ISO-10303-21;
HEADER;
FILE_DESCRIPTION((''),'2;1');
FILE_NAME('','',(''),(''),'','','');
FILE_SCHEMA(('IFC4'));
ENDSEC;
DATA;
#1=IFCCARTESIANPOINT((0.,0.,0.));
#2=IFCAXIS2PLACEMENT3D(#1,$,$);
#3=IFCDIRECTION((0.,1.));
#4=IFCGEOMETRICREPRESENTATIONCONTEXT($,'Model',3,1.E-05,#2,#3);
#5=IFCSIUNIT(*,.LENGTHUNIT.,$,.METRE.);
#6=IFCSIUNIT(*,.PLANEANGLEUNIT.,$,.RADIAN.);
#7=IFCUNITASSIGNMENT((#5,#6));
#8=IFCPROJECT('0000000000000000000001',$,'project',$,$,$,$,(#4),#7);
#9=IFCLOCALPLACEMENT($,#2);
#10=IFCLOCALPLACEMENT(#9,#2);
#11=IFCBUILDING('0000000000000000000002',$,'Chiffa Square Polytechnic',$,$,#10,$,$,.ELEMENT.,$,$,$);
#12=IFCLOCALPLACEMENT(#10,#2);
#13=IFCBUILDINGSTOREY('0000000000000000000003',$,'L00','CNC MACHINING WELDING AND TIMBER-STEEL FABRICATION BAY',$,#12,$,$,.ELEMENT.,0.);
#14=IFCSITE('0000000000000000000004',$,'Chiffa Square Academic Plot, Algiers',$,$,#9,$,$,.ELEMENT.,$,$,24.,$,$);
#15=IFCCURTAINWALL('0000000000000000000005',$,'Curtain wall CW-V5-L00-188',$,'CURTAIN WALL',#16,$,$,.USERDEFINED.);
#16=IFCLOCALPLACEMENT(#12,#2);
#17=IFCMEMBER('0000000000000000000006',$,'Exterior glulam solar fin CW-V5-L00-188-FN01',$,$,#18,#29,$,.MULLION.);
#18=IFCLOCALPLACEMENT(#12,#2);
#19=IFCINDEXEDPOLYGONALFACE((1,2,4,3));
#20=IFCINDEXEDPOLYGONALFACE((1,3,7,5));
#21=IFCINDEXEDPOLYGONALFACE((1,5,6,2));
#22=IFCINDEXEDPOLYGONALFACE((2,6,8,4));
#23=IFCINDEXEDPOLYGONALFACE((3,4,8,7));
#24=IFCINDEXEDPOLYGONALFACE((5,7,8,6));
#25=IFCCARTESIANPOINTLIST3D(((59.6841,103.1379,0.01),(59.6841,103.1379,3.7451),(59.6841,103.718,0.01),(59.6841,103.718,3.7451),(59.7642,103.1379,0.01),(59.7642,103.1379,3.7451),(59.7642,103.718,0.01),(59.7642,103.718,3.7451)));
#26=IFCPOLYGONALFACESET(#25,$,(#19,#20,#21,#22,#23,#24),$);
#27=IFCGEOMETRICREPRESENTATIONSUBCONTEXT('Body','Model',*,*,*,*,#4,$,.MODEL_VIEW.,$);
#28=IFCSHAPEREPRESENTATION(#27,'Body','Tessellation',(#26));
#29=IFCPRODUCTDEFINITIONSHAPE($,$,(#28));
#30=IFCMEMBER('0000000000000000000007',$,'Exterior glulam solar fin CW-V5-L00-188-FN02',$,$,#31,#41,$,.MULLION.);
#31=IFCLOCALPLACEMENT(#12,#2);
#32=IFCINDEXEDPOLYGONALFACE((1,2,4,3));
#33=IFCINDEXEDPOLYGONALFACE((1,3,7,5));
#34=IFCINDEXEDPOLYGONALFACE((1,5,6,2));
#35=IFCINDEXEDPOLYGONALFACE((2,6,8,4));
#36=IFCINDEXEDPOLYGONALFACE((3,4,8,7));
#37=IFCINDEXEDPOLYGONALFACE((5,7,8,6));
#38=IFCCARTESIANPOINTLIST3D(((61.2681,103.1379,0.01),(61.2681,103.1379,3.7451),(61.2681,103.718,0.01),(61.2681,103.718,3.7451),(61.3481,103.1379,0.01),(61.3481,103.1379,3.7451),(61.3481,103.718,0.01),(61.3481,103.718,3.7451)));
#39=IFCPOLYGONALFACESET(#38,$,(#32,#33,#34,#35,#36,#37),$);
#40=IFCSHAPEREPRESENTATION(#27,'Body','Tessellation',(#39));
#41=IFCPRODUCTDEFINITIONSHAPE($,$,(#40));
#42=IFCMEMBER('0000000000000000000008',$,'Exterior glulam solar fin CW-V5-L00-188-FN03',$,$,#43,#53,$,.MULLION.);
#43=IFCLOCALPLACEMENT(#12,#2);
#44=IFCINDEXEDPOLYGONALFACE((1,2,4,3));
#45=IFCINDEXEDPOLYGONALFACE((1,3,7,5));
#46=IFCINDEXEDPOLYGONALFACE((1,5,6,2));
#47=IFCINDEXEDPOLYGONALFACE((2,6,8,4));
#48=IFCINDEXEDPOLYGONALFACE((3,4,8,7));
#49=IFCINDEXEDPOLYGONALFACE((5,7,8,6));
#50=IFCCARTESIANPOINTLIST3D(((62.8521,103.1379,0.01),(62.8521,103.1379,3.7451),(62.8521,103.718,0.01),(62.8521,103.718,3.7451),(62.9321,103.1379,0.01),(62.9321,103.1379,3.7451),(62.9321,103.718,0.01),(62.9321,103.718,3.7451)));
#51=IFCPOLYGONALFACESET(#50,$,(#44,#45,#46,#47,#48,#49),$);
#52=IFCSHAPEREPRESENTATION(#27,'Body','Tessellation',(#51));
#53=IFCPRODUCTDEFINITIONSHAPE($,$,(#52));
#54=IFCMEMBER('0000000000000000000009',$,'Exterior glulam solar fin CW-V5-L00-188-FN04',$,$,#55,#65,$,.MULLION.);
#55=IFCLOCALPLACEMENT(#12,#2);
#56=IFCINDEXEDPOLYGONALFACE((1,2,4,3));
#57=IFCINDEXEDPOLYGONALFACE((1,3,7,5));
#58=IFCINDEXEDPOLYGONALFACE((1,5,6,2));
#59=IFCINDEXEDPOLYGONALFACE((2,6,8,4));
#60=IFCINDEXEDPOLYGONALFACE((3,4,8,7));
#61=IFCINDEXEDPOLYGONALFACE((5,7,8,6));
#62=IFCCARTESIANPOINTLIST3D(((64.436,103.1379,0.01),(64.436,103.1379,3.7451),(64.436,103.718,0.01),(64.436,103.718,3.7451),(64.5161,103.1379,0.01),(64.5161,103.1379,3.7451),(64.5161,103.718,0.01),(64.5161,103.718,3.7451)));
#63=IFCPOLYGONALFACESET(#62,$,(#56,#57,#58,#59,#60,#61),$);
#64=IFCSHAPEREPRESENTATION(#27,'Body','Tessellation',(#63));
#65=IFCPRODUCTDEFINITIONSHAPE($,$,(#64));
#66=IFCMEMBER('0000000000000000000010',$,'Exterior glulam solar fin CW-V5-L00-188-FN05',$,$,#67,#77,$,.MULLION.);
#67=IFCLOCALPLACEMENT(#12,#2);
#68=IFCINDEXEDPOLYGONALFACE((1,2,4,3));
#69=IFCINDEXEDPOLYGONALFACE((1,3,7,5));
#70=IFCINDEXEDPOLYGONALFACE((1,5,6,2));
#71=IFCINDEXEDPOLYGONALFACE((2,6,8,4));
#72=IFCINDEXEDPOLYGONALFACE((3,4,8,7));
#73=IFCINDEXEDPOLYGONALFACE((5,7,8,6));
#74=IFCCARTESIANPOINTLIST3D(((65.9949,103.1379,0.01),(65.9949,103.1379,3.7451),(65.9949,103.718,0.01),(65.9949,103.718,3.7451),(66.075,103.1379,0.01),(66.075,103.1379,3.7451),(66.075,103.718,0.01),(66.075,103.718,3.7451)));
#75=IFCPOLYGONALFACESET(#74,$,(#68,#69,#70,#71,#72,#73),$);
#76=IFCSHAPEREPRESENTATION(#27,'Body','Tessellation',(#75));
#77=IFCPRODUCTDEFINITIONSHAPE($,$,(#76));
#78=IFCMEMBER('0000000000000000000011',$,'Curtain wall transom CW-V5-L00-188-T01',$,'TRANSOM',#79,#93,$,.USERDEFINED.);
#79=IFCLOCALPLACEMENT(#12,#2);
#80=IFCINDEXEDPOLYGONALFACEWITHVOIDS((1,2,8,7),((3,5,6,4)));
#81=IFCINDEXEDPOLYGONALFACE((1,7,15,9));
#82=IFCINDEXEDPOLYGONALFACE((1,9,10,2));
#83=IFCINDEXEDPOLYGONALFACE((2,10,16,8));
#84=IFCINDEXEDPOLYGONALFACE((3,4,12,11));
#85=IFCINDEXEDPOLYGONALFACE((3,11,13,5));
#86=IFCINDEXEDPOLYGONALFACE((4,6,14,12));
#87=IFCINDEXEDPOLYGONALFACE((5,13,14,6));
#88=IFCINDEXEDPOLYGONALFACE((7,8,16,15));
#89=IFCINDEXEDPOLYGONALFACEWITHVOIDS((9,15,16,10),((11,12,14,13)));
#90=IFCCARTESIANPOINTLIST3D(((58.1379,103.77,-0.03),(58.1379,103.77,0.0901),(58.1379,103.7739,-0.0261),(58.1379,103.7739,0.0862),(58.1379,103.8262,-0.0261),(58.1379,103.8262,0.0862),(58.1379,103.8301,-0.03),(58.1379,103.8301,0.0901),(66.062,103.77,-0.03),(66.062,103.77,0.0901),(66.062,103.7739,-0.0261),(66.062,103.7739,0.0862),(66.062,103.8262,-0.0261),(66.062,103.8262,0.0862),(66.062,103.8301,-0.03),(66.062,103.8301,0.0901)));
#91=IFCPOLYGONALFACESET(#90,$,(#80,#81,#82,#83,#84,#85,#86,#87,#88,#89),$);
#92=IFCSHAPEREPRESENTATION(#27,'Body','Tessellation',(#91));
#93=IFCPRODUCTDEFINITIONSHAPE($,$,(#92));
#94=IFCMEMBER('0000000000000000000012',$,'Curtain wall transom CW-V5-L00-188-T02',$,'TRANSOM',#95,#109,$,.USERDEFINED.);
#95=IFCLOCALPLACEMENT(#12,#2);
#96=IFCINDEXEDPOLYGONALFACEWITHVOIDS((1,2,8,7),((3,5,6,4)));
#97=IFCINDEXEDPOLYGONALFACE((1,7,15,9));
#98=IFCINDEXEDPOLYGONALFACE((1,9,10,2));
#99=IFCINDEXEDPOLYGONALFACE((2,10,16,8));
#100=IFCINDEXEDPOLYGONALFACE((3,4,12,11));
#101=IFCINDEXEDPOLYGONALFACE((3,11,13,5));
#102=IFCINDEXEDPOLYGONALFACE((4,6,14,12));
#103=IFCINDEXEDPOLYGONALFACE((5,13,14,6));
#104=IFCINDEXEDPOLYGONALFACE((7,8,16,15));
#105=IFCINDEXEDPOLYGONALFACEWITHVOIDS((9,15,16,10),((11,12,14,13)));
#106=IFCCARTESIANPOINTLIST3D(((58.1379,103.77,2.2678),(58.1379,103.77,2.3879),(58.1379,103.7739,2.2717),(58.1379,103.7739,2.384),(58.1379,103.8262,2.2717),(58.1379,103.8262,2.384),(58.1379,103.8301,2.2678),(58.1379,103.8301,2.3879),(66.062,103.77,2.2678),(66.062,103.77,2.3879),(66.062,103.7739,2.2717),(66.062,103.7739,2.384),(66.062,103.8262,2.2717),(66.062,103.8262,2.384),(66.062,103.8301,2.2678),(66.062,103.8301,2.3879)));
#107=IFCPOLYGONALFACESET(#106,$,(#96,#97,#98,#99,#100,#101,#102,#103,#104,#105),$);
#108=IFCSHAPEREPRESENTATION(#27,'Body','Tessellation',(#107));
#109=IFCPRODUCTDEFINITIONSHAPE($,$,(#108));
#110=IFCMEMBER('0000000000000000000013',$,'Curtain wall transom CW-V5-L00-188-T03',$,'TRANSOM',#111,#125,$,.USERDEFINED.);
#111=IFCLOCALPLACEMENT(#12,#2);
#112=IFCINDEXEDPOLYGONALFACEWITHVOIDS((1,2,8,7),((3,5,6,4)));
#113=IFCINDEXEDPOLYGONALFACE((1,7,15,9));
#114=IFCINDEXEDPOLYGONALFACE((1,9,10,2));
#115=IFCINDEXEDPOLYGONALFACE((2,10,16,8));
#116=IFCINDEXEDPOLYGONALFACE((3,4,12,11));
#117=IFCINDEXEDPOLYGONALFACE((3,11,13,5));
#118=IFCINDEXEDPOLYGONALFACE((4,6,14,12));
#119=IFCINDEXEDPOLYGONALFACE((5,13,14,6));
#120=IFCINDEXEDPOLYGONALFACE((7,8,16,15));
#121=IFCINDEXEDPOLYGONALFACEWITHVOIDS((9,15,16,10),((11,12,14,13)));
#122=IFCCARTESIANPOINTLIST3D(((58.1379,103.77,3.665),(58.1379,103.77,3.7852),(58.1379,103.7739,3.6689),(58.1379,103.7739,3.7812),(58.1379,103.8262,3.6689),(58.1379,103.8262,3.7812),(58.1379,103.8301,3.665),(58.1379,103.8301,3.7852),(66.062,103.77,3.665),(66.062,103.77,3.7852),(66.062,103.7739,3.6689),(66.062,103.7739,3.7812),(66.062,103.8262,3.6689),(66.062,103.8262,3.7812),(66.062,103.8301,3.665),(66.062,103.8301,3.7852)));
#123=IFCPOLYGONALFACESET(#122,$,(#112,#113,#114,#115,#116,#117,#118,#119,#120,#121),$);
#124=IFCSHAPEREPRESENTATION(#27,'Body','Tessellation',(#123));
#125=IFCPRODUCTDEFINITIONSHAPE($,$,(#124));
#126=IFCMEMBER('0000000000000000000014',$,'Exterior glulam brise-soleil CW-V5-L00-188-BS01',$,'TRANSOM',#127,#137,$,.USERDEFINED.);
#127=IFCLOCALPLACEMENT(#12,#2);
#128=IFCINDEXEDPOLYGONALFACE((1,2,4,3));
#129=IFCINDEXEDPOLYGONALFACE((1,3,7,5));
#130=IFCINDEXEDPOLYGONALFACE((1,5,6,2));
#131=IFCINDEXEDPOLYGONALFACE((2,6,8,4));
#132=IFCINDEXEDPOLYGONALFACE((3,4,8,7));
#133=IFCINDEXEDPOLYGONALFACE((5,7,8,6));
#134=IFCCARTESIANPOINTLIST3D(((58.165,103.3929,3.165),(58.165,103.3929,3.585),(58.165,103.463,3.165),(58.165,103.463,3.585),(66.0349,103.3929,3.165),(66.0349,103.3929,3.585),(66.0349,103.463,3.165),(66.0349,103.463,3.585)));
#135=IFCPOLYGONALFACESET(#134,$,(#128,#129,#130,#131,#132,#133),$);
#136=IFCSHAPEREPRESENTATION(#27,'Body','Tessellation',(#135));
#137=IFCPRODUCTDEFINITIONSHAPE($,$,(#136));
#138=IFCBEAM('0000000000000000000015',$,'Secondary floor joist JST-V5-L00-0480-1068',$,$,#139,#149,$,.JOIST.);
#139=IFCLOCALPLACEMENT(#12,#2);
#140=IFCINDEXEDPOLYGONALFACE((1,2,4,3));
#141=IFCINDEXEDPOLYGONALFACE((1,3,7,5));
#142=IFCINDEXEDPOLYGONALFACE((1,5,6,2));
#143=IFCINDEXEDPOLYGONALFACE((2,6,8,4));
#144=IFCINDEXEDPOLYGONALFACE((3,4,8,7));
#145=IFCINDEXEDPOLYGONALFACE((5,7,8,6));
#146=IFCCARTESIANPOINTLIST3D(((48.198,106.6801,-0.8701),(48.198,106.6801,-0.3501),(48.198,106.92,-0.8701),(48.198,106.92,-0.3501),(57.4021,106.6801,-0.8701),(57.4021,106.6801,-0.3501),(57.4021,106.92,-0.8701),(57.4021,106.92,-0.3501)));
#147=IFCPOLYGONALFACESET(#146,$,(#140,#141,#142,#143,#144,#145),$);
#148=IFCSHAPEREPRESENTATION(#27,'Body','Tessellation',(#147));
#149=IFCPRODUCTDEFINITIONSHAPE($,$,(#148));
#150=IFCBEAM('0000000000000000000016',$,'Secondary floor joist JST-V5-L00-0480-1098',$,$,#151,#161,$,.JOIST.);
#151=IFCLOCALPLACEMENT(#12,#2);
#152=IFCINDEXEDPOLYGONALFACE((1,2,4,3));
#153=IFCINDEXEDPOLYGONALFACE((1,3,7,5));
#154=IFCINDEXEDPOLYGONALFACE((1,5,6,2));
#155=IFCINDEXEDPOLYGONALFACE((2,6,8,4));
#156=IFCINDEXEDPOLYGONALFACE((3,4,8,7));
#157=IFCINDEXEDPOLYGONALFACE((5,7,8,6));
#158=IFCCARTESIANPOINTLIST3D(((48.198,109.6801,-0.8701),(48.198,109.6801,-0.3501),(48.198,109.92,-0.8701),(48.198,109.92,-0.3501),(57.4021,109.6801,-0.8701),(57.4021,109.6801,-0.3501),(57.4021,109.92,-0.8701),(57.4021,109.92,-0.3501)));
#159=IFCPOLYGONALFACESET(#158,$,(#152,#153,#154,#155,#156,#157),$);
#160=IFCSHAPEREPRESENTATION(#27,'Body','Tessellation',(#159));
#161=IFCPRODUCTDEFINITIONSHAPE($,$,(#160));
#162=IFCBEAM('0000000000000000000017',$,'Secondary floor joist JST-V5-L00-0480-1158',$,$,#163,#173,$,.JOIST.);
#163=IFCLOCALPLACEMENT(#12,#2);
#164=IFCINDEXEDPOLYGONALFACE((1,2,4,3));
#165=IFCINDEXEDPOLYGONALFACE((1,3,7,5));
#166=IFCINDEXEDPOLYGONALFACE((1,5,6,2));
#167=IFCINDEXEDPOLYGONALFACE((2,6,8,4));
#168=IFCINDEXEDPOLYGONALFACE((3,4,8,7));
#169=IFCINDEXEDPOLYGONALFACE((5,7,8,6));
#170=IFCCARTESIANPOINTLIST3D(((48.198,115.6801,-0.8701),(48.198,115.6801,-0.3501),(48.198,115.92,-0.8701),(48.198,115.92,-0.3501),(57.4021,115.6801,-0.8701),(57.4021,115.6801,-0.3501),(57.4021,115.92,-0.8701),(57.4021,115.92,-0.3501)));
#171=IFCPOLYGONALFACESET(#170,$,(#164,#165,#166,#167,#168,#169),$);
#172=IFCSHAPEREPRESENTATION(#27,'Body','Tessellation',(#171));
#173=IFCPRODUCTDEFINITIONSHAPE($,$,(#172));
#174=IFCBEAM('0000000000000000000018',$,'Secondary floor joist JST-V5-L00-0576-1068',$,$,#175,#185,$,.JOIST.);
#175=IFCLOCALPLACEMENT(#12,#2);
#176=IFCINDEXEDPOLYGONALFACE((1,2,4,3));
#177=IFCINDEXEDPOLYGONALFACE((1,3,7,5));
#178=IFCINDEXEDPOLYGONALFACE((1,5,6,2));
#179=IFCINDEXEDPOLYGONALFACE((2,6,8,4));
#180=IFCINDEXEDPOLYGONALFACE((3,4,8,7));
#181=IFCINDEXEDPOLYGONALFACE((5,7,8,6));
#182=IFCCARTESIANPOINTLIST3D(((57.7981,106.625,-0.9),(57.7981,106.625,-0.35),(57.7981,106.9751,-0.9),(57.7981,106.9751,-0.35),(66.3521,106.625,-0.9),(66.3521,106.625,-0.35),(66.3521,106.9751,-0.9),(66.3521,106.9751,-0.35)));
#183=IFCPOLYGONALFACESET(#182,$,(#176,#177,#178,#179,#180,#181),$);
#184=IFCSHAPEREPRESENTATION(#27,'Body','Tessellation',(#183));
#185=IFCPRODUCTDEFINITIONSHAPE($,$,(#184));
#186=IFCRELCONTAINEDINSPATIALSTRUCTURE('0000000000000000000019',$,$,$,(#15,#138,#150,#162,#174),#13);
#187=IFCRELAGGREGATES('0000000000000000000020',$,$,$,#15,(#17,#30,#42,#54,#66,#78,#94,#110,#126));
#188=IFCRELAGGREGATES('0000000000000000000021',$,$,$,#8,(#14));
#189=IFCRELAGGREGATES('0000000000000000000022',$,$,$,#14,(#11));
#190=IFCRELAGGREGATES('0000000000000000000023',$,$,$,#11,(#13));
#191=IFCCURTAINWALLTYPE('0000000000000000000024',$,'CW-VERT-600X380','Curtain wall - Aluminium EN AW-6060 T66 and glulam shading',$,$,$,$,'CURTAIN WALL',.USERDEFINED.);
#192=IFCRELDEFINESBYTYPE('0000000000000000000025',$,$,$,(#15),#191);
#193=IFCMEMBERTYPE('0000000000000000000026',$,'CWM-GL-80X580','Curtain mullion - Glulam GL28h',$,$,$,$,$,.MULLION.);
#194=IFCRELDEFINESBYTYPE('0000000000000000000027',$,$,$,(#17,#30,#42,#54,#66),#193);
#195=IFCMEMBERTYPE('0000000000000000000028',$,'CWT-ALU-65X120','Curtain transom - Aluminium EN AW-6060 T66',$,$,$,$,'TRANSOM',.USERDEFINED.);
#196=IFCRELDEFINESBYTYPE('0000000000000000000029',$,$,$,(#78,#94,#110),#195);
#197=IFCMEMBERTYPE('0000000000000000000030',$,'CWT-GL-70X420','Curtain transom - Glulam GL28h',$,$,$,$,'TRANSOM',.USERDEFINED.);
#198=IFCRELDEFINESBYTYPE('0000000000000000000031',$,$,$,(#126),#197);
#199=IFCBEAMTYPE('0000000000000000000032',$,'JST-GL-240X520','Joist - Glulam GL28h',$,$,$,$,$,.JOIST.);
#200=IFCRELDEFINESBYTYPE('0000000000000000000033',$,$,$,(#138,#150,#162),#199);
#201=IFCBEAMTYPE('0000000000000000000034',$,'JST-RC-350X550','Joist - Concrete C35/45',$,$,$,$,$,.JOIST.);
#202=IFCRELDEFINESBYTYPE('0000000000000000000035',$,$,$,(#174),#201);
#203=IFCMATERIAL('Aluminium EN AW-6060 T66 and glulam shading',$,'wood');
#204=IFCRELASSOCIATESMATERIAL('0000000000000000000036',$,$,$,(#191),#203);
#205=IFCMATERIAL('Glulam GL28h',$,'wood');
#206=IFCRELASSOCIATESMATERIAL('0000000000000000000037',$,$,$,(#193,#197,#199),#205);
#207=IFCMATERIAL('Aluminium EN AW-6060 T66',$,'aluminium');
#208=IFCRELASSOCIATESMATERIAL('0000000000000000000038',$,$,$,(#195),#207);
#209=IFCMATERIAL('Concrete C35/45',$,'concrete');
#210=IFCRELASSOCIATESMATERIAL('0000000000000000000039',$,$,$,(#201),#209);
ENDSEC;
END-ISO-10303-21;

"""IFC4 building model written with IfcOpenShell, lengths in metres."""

from ifc_helpers import new_model, si_unit, direction, frame, origin, origin_2d, place, context, subcontext, project, spatial, rectangle, hollow_rectangle, extrude, material, material_profile, profile_set, type_object, element, aggregate, save


model = new_model("IFC4")

# Units and contexts
model_context = context("Model", 3, precision=1e-05, world=origin(), true_north=direction((0.0, 1.0)))
body_context = subcontext(model_context, "Body", "Model", "MODEL_VIEW")
ifc_project = project(units=[si_unit("LENGTHUNIT", "METRE"), si_unit("PLANEANGLEUNIT", "RADIAN")], contexts=[model_context])

# Site, building, storey
site_placement = place(None, origin())
site = spatial("IfcSite", under=ifc_project, at=site_placement, Name="Chiffa Square Academic Plot, Algiers", CompositionType="ELEMENT", RefElevation=24.0)
building_placement = place(site_placement, origin())
building = spatial("IfcBuilding", under=site, at=building_placement, Name="Chiffa Square Polytechnic", CompositionType="ELEMENT")
storey_placement = place(building_placement, origin())
storey = spatial("IfcBuildingStorey", under=building, at=storey_placement, Name="L00", Description="CNC MACHINING WELDING AND TIMBER-STEEL FABRICATION BAY", CompositionType="ELEMENT", Elevation=0.0)

# Shared definitions
ifc_material_1 = material(Name="Concrete C35/45", Category="concrete")

# Curtain wall, members
ifc_material_2 = material(Name="Aluminium EN AW-6060 T66 and glulam shading", Category="wood")
curtain_wall_type = type_object("IfcCurtainWallType", Name="CW-VERT-600X380", Description="Curtain wall - Aluminium EN AW-6060 T66 and glulam shading", ElementType="CURTAIN WALL", PredefinedType="USERDEFINED", material=ifc_material_2)
curtain_wall_placement = place(storey_placement, origin())
curtain_wall = element("IfcCurtainWall", 1, at=curtain_wall_placement, inside=storey, type_object=curtain_wall_type, Name="Curtain wall CW-V5-L00-188", ObjectType="CURTAIN WALL", PredefinedType="USERDEFINED")
ifc_material_3 = material(Name="Aluminium EN AW-6060 T66", Category="aluminium")
ifc_material_4 = material(Name="Glulam GL28h", Category="wood")
ifc_material_profile_1 = material_profile(ifc_material_4, rectangle(XDim=0.0801, YDim=0.5801, at=origin_2d()), Name="GL28h 80x580")
ifc_profile_set_1 = profile_set([ifc_material_profile_1], Name="Glulam GL28h")
member_type_1 = type_object("IfcMemberType", Name="CWM-GL-80X580", Description="Curtain mullion - Glulam GL28h", PredefinedType="MULLION", material=ifc_profile_set_1)
member_1_placement = place(storey_placement, frame((59.7241, 103.428, 0.01), z_axis=(0.0, 0.0, 1.0), x_axis=(1.0, 0.0, 0.0)))
member_1 = element("IfcMember", 2, at=member_1_placement, type_object=member_type_1, Name="Exterior glulam solar fin CW-V5-L00-188-FN01", PredefinedType="MULLION", context=body_context, shape_type="SweptSolid", body=[
    extrude(rectangle(XDim=0.0801, YDim=0.5801, at=origin_2d()), origin(), (0.0, 0.0, 1.0), 3.7351),
])
member_2_placement = place(storey_placement, frame((61.3081, 103.428, 0.01), z_axis=(0.0, 0.0, 1.0), x_axis=(1.0, 0.0, 0.0)))
member_2 = element("IfcMember", 3, at=member_2_placement, type_object=member_type_1, Name="Exterior glulam solar fin CW-V5-L00-188-FN02", PredefinedType="MULLION", context=body_context, shape_type="SweptSolid", body=[
    extrude(rectangle(XDim=0.0801, YDim=0.5801, at=origin_2d()), origin(), (0.0, 0.0, 1.0), 3.7351),
])
member_3_placement = place(storey_placement, frame((62.8921, 103.428, 0.01), z_axis=(0.0, 0.0, 1.0), x_axis=(1.0, 0.0, 0.0)))
member_3 = element("IfcMember", 4, at=member_3_placement, type_object=member_type_1, Name="Exterior glulam solar fin CW-V5-L00-188-FN03", PredefinedType="MULLION", context=body_context, shape_type="SweptSolid", body=[
    extrude(rectangle(XDim=0.0801, YDim=0.5801, at=origin_2d()), origin(), (0.0, 0.0, 1.0), 3.7351),
])
member_4_placement = place(storey_placement, frame((64.4761, 103.428, 0.01), z_axis=(0.0, 0.0, 1.0), x_axis=(1.0, 0.0, 0.0)))
member_4 = element("IfcMember", 5, at=member_4_placement, type_object=member_type_1, Name="Exterior glulam solar fin CW-V5-L00-188-FN04", PredefinedType="MULLION", context=body_context, shape_type="SweptSolid", body=[
    extrude(rectangle(XDim=0.0801, YDim=0.5801, at=origin_2d()), origin(), (0.0, 0.0, 1.0), 3.7351),
])
member_5_placement = place(storey_placement, frame((66.0349, 103.428, 0.01), z_axis=(0.0, 0.0, 1.0), x_axis=(1.0, 0.0, 0.0)))
member_5 = element("IfcMember", 6, at=member_5_placement, type_object=member_type_1, Name="Exterior glulam solar fin CW-V5-L00-188-FN05", PredefinedType="MULLION", context=body_context, shape_type="SweptSolid", body=[
    extrude(rectangle(XDim=0.0801, YDim=0.5801, at=origin_2d()), origin(), (0.0, 0.0, 1.0), 3.7351),
])
ifc_material_profile_2 = material_profile(ifc_material_3, hollow_rectangle(XDim=0.0601, YDim=0.1201, WallThickness=0.0039, at=origin_2d()), Name="ALU 60x120x4")
ifc_profile_set_2 = profile_set([ifc_material_profile_2], Name="Aluminium EN AW-6060 T66")
member_type_2 = type_object("IfcMemberType", Name="CWT-ALU-65X120", Description="Curtain transom - Aluminium EN AW-6060 T66", ElementType="TRANSOM", PredefinedType="USERDEFINED", material=ifc_profile_set_2)
member_6_placement = place(storey_placement, frame((58.1379, 103.8, 0.03), z_axis=(1.0, 0.0, 0.0), x_axis=(0.0, 1.0, 0.0)))
member_6 = element("IfcMember", 7, at=member_6_placement, type_object=member_type_2, Name="Curtain wall transom CW-V5-L00-188-T01", ObjectType="TRANSOM", PredefinedType="USERDEFINED", context=body_context, shape_type="SweptSolid", body=[
    extrude(hollow_rectangle(XDim=0.0601, YDim=0.1201, WallThickness=0.0039, at=origin_2d()), origin(), (0.0, 0.0, 1.0), 7.9241),
])
member_7_placement = place(storey_placement, frame((58.1379, 103.8, 2.3279), z_axis=(1.0, 0.0, 0.0), x_axis=(0.0, 1.0, 0.0)))
member_7 = element("IfcMember", 8, at=member_7_placement, type_object=member_type_2, Name="Curtain wall transom CW-V5-L00-188-T02", ObjectType="TRANSOM", PredefinedType="USERDEFINED", context=body_context, shape_type="SweptSolid", body=[
    extrude(hollow_rectangle(XDim=0.0601, YDim=0.1201, WallThickness=0.0039, at=origin_2d()), origin(), (0.0, 0.0, 1.0), 7.9241),
])
member_8_placement = place(storey_placement, frame((58.1379, 103.8, 3.7251), z_axis=(1.0, 0.0, 0.0), x_axis=(0.0, 1.0, 0.0)))
member_8 = element("IfcMember", 9, at=member_8_placement, type_object=member_type_2, Name="Curtain wall transom CW-V5-L00-188-T03", ObjectType="TRANSOM", PredefinedType="USERDEFINED", context=body_context, shape_type="SweptSolid", body=[
    extrude(hollow_rectangle(XDim=0.0601, YDim=0.1201, WallThickness=0.0039, at=origin_2d()), origin(), (0.0, 0.0, 1.0), 7.9241),
])
ifc_material_profile_3 = material_profile(ifc_material_4, rectangle(XDim=0.0701, YDim=0.4199, at=origin_2d()), Name="GL28h 70x420")
ifc_profile_set_3 = profile_set([ifc_material_profile_3], Name="Glulam GL28h")
member_type_3 = type_object("IfcMemberType", Name="CWT-GL-70X420", Description="Curtain transom - Glulam GL28h", ElementType="TRANSOM", PredefinedType="USERDEFINED", material=ifc_profile_set_3)
member_9_placement = place(storey_placement, frame((58.165, 103.428, 3.375), z_axis=(1.0, 0.0, 0.0), x_axis=(0.0, 1.0, 0.0)))
member_9 = element("IfcMember", 10, at=member_9_placement, type_object=member_type_3, Name="Exterior glulam brise-soleil CW-V5-L00-188-BS01", ObjectType="TRANSOM", PredefinedType="USERDEFINED", context=body_context, shape_type="SweptSolid", body=[
    extrude(rectangle(XDim=0.0701, YDim=0.4199, at=origin_2d()), origin(), (0.0, 0.0, 1.0), 7.8699),
])

# Beams
ifc_material_profile_4 = material_profile(ifc_material_4, rectangle(XDim=0.24, YDim=0.52, at=origin_2d()), Name="GL28h 240x520")
ifc_profile_set_4 = profile_set([ifc_material_profile_4], Name="Glulam GL28h")
beam_type_1 = type_object("IfcBeamType", Name="JST-GL-240X520", Description="Joist - Glulam GL28h", PredefinedType="JOIST", material=ifc_profile_set_4)
for number, where, z_axis, x_axis, name in (
    (11, (48.198, 106.8, -0.6101), (1.0, 0.0, 0.0), (0.0, 1.0, 0.0), "Secondary floor joist JST-V5-L00-0480-1068"),
    (12, (48.198, 109.8, -0.6101), (1.0, 0.0, 0.0), (0.0, 1.0, 0.0), "Secondary floor joist JST-V5-L00-0480-1098"),
    (13, (48.198, 115.8, -0.6101), (1.0, 0.0, 0.0), (0.0, 1.0, 0.0), "Secondary floor joist JST-V5-L00-0480-1158"),
):
    element("IfcBeam", number, at=place(storey_placement, frame(where, z_axis=z_axis, x_axis=x_axis)), inside=storey, type_object=beam_type_1, Name=name, PredefinedType="JOIST", context=body_context, shape_type="SweptSolid", body=[
        extrude(rectangle(XDim=0.24, YDim=0.52, at=origin_2d()), origin(), (0.0, 0.0, 1.0), 9.2041),
    ])
ifc_material_profile_5 = material_profile(ifc_material_1, rectangle(XDim=0.3501, YDim=0.55, at=origin_2d()), Name="RC 350x550")
ifc_profile_set_5 = profile_set([ifc_material_profile_5], Name="Concrete C35/45")
beam_type_2 = type_object("IfcBeamType", Name="JST-RC-350X550", Description="Joist - Concrete C35/45", PredefinedType="JOIST", material=ifc_profile_set_5)
for number, where, z_axis, x_axis, name in (
    (14, (57.7981, 106.8, -0.625), (1.0, 0.0, 0.0), (0.0, 1.0, 0.0), "Secondary floor joist JST-V5-L00-0576-1068"),
):
    element("IfcBeam", number, at=place(storey_placement, frame(where, z_axis=z_axis, x_axis=x_axis)), inside=storey, type_object=beam_type_2, Name=name, PredefinedType="JOIST", context=body_context, shape_type="SweptSolid", body=[
        extrude(rectangle(XDim=0.3501, YDim=0.55, at=origin_2d()), origin(), (0.0, 0.0, 1.0), 8.554),
    ])

aggregate(curtain_wall, [member_1, member_2, member_3, member_4, member_5, member_6, member_7, member_8, member_9])

save(model, "model.ifc")
